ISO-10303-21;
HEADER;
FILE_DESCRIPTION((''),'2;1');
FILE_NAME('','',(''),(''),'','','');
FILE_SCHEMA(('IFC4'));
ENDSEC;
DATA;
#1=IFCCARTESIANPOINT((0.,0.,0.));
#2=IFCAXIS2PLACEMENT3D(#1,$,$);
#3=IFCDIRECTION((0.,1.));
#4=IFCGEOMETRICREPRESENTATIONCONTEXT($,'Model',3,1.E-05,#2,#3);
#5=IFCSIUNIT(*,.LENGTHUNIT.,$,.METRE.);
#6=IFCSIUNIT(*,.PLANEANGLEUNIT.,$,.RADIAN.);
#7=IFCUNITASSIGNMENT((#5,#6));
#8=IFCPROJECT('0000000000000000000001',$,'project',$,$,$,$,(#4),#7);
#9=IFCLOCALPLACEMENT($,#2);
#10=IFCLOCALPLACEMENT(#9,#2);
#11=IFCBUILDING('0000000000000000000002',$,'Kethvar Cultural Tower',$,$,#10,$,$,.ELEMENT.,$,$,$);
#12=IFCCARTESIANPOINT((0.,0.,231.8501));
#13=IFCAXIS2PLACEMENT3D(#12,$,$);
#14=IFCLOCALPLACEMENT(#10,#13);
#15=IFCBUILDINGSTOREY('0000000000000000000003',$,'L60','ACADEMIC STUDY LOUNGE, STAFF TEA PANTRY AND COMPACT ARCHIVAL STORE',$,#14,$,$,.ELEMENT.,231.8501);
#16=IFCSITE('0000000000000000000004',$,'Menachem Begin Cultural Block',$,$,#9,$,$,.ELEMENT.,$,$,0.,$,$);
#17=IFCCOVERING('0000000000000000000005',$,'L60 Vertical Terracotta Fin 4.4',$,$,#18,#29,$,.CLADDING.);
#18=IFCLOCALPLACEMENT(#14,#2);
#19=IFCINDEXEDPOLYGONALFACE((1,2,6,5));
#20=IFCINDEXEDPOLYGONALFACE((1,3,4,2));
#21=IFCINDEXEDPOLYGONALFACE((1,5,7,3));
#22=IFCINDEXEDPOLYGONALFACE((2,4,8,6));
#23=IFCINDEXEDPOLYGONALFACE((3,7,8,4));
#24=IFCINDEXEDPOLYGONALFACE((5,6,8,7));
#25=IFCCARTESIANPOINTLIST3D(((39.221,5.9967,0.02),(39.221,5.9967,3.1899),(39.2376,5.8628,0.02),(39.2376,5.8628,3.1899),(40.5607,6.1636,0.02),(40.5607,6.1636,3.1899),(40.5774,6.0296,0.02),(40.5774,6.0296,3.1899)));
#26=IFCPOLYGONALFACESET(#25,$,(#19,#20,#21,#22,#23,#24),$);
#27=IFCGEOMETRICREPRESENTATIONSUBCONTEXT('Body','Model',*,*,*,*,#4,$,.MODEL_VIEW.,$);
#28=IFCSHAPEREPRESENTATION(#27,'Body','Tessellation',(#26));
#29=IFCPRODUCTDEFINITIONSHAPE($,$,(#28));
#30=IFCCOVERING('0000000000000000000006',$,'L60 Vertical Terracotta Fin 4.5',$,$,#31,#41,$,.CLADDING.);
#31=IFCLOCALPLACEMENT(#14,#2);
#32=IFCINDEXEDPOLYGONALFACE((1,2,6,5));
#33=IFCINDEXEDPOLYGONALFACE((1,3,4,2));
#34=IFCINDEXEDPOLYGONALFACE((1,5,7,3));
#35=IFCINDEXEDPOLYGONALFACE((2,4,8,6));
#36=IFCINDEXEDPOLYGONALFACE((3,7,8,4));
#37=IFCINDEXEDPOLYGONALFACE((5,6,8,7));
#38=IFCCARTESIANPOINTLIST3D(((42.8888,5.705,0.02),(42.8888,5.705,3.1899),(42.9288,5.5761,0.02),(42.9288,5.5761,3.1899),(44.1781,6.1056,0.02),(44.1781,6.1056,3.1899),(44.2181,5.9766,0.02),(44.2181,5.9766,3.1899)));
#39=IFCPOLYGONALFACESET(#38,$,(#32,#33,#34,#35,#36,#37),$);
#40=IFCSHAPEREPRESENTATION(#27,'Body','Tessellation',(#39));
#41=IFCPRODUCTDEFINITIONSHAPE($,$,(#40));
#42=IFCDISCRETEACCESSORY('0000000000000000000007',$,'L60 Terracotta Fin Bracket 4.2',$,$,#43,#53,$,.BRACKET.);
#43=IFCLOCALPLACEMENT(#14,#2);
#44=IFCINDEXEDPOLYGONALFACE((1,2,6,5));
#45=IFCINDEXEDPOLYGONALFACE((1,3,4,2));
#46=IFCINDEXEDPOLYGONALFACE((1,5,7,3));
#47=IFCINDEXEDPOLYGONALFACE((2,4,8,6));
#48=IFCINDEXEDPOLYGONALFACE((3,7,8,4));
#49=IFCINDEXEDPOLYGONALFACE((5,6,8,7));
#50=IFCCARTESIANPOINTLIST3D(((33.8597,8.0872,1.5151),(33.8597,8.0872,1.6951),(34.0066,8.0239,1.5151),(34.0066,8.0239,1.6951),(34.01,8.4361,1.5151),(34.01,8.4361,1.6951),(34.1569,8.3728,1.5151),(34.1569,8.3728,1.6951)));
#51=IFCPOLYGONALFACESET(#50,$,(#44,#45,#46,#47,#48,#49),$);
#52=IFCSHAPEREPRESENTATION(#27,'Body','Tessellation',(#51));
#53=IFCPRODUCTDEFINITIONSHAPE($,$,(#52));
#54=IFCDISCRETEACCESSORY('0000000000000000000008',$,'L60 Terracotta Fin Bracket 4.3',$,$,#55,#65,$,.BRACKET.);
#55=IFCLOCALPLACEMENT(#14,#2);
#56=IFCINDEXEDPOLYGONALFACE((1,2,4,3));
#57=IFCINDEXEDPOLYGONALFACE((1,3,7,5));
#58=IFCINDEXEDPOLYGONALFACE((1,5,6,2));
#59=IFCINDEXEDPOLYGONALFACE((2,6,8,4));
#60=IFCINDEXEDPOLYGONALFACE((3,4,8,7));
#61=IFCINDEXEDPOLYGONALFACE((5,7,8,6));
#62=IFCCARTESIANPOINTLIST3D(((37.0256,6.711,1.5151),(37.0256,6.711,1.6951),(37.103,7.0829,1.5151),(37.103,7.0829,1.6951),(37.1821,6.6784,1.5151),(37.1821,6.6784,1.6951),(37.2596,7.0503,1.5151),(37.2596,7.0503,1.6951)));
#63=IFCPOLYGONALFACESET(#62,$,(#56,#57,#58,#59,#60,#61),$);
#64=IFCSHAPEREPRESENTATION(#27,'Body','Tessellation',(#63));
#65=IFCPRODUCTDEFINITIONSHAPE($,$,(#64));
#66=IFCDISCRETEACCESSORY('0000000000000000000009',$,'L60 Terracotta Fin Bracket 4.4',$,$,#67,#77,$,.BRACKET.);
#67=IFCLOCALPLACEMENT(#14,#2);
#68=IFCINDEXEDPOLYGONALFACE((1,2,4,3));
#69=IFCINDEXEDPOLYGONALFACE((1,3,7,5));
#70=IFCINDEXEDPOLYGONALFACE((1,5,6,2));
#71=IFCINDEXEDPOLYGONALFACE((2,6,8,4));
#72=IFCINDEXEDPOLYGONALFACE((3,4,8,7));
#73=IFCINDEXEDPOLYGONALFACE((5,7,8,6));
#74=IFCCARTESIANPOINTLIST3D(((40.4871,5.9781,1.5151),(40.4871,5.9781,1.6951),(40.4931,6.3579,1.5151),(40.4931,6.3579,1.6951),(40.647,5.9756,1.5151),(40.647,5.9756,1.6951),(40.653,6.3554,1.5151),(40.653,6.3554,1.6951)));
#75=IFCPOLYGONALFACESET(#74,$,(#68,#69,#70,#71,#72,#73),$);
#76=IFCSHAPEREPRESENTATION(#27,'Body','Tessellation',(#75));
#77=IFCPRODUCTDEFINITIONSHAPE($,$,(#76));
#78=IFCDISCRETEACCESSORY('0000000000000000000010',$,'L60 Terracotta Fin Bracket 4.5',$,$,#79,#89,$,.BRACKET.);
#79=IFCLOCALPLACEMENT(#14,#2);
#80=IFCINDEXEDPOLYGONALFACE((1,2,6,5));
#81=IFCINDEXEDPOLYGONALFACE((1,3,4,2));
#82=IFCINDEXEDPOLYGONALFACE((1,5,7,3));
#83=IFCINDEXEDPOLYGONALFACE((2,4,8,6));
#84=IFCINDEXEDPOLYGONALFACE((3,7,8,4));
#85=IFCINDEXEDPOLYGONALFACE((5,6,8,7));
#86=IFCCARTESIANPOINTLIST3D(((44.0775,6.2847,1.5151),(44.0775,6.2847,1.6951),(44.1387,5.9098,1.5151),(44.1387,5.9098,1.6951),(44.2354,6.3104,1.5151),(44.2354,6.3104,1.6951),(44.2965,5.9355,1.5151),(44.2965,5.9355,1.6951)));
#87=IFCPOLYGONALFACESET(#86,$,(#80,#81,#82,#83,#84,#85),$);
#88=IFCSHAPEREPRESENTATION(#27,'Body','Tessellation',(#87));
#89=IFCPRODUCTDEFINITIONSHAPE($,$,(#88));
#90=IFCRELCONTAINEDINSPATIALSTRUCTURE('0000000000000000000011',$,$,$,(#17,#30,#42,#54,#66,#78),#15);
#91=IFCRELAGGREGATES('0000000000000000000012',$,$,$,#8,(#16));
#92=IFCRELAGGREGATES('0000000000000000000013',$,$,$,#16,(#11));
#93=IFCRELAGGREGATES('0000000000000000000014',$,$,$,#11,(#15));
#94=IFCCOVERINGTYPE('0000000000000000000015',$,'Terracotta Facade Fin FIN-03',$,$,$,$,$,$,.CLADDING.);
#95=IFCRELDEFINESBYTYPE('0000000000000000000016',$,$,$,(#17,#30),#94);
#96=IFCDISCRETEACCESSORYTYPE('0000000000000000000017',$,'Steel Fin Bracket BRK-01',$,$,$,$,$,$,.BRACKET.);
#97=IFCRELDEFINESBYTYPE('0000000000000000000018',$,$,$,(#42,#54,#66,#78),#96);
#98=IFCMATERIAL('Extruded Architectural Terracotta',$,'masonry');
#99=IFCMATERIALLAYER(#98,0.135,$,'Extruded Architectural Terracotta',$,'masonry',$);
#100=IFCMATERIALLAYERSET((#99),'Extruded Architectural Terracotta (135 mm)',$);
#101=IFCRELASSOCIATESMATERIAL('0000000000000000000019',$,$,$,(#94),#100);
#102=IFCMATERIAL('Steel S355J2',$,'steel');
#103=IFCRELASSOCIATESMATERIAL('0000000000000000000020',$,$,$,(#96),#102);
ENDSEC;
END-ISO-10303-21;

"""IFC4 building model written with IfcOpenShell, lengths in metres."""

from ifc_helpers import new_model, si_unit, direction, frame, origin, origin_2d, place, context, subcontext, project, spatial, rectangle, extrude, source, transform, mapped, material, layer, layer_set, type_object, element, save


model = new_model("IFC4")

# Units and contexts
model_context = context("Model", 3, precision=1e-05, world=origin(), true_north=direction((0.0, 1.0)))
body_context = subcontext(model_context, "Body", "Model", "MODEL_VIEW")
ifc_project = project(units=[si_unit("LENGTHUNIT", "METRE"), si_unit("PLANEANGLEUNIT", "RADIAN")], contexts=[model_context])

# Site, building, storey
site_placement = place(None, origin())
site = spatial("IfcSite", under=ifc_project, at=site_placement, Name="Menachem Begin Cultural Block", CompositionType="ELEMENT", RefElevation=0.0)
building_placement = place(site_placement, origin())
building = spatial("IfcBuilding", under=site, at=building_placement, Name="Kethvar Cultural Tower", CompositionType="ELEMENT")
storey_placement = place(building_placement, frame((0.0, 0.0, 231.8501)))
storey = spatial("IfcBuildingStorey", under=building, at=storey_placement, Name="L60", Description="ACADEMIC STUDY LOUNGE, STAFF TEA PANTRY AND COMPACT ARCHIVAL STORE", CompositionType="ELEMENT", Elevation=231.8501)

# Shared definitions
ifc_material_1 = material(Name="Steel S355J2", Category="steel")

# Coverings
ifc_material_2 = material(Name="Extruded Architectural Terracotta", Category="masonry")
ifc_layer_1 = layer(ifc_material_2, 0.135, Name="Extruded Architectural Terracotta", Category="masonry")
ifc_layer_set_1 = layer_set([ifc_layer_1], Name="Extruded Architectural Terracotta (135 mm)")
covering_type = type_object("IfcCoveringType", Name="Terracotta Facade Fin FIN-03", PredefinedType="CLADDING", material=ifc_layer_set_1)
shared_shape_1 = source(origin(), body_context, "Body", "SweptSolid", [
    extrude(rectangle(XDim=1.3501, YDim=0.135, at=origin_2d()), origin(), (0.0, 0.0, 1.0), 3.1699),
])
for number, where, z_axis, x_axis, name in (
    (1, (39.8992, 6.0132, 0.02), (0.0, 0.0, 1.0), (-0.992332, -0.123601, 0.0), "L60 Vertical Terracotta Fin 4.4"),
    (2, (43.5535, 5.8408, 0.02), (0.0, 0.0, 1.0), (-0.954968, -0.296708, 0.0), "L60 Vertical Terracotta Fin 4.5"),
):
    element("IfcCovering", number, at=place(storey_placement, frame(where, z_axis=z_axis, x_axis=x_axis)), inside=storey, type_object=covering_type, Name=name, PredefinedType="CLADDING", context=body_context, shape_type="MappedRepresentation", body=[
        mapped(shared_shape_1, transform((0.0, 0.0, 0.0), scale=1.0)),
    ])

# Discrete accessories
discrete_accessory_type = type_object("IfcDiscreteAccessoryType", Name="Steel Fin Bracket BRK-01", PredefinedType="BRACKET", material=ifc_material_1)
shared_shape_2 = source(origin(), body_context, "Body", "SweptSolid", [
    extrude(rectangle(XDim=0.3799, YDim=0.1599, at=origin_2d()), origin(), (0.0, 0.0, 1.0), 0.1799),
])
for number, where, z_axis, x_axis, name in (
    (3, (34.0083, 8.23, 1.5151), (0.0, 0.0, 1.0), (-0.395546, -0.918446, 0.0), "L60 Terracotta Fin Bracket 4.2"),
    (4, (37.1426, 6.8806, 1.5151), (0.0, 0.0, 1.0), (-0.203983, -0.978974, 0.0), "L60 Terracotta Fin Bracket 4.3"),
    (5, (40.5701, 6.1667, 1.5151), (0.0, 0.0, 1.0), (-0.015707, -0.999877, 0.0), "L60 Terracotta Fin Bracket 4.4"),
    (6, (44.187, 6.1101, 1.5151), (0.0, 0.0, 1.0), (0.160915, -0.986968, 0.0), "L60 Terracotta Fin Bracket 4.5"),
):
    element("IfcDiscreteAccessory", number, at=place(storey_placement, frame(where, z_axis=z_axis, x_axis=x_axis)), inside=storey, type_object=discrete_accessory_type, Name=name, PredefinedType="BRACKET", context=body_context, shape_type="MappedRepresentation", body=[
        mapped(shared_shape_2, transform((0.0, 0.0, 0.0), scale=1.0)),
    ])

save(model, "model.ifc")
